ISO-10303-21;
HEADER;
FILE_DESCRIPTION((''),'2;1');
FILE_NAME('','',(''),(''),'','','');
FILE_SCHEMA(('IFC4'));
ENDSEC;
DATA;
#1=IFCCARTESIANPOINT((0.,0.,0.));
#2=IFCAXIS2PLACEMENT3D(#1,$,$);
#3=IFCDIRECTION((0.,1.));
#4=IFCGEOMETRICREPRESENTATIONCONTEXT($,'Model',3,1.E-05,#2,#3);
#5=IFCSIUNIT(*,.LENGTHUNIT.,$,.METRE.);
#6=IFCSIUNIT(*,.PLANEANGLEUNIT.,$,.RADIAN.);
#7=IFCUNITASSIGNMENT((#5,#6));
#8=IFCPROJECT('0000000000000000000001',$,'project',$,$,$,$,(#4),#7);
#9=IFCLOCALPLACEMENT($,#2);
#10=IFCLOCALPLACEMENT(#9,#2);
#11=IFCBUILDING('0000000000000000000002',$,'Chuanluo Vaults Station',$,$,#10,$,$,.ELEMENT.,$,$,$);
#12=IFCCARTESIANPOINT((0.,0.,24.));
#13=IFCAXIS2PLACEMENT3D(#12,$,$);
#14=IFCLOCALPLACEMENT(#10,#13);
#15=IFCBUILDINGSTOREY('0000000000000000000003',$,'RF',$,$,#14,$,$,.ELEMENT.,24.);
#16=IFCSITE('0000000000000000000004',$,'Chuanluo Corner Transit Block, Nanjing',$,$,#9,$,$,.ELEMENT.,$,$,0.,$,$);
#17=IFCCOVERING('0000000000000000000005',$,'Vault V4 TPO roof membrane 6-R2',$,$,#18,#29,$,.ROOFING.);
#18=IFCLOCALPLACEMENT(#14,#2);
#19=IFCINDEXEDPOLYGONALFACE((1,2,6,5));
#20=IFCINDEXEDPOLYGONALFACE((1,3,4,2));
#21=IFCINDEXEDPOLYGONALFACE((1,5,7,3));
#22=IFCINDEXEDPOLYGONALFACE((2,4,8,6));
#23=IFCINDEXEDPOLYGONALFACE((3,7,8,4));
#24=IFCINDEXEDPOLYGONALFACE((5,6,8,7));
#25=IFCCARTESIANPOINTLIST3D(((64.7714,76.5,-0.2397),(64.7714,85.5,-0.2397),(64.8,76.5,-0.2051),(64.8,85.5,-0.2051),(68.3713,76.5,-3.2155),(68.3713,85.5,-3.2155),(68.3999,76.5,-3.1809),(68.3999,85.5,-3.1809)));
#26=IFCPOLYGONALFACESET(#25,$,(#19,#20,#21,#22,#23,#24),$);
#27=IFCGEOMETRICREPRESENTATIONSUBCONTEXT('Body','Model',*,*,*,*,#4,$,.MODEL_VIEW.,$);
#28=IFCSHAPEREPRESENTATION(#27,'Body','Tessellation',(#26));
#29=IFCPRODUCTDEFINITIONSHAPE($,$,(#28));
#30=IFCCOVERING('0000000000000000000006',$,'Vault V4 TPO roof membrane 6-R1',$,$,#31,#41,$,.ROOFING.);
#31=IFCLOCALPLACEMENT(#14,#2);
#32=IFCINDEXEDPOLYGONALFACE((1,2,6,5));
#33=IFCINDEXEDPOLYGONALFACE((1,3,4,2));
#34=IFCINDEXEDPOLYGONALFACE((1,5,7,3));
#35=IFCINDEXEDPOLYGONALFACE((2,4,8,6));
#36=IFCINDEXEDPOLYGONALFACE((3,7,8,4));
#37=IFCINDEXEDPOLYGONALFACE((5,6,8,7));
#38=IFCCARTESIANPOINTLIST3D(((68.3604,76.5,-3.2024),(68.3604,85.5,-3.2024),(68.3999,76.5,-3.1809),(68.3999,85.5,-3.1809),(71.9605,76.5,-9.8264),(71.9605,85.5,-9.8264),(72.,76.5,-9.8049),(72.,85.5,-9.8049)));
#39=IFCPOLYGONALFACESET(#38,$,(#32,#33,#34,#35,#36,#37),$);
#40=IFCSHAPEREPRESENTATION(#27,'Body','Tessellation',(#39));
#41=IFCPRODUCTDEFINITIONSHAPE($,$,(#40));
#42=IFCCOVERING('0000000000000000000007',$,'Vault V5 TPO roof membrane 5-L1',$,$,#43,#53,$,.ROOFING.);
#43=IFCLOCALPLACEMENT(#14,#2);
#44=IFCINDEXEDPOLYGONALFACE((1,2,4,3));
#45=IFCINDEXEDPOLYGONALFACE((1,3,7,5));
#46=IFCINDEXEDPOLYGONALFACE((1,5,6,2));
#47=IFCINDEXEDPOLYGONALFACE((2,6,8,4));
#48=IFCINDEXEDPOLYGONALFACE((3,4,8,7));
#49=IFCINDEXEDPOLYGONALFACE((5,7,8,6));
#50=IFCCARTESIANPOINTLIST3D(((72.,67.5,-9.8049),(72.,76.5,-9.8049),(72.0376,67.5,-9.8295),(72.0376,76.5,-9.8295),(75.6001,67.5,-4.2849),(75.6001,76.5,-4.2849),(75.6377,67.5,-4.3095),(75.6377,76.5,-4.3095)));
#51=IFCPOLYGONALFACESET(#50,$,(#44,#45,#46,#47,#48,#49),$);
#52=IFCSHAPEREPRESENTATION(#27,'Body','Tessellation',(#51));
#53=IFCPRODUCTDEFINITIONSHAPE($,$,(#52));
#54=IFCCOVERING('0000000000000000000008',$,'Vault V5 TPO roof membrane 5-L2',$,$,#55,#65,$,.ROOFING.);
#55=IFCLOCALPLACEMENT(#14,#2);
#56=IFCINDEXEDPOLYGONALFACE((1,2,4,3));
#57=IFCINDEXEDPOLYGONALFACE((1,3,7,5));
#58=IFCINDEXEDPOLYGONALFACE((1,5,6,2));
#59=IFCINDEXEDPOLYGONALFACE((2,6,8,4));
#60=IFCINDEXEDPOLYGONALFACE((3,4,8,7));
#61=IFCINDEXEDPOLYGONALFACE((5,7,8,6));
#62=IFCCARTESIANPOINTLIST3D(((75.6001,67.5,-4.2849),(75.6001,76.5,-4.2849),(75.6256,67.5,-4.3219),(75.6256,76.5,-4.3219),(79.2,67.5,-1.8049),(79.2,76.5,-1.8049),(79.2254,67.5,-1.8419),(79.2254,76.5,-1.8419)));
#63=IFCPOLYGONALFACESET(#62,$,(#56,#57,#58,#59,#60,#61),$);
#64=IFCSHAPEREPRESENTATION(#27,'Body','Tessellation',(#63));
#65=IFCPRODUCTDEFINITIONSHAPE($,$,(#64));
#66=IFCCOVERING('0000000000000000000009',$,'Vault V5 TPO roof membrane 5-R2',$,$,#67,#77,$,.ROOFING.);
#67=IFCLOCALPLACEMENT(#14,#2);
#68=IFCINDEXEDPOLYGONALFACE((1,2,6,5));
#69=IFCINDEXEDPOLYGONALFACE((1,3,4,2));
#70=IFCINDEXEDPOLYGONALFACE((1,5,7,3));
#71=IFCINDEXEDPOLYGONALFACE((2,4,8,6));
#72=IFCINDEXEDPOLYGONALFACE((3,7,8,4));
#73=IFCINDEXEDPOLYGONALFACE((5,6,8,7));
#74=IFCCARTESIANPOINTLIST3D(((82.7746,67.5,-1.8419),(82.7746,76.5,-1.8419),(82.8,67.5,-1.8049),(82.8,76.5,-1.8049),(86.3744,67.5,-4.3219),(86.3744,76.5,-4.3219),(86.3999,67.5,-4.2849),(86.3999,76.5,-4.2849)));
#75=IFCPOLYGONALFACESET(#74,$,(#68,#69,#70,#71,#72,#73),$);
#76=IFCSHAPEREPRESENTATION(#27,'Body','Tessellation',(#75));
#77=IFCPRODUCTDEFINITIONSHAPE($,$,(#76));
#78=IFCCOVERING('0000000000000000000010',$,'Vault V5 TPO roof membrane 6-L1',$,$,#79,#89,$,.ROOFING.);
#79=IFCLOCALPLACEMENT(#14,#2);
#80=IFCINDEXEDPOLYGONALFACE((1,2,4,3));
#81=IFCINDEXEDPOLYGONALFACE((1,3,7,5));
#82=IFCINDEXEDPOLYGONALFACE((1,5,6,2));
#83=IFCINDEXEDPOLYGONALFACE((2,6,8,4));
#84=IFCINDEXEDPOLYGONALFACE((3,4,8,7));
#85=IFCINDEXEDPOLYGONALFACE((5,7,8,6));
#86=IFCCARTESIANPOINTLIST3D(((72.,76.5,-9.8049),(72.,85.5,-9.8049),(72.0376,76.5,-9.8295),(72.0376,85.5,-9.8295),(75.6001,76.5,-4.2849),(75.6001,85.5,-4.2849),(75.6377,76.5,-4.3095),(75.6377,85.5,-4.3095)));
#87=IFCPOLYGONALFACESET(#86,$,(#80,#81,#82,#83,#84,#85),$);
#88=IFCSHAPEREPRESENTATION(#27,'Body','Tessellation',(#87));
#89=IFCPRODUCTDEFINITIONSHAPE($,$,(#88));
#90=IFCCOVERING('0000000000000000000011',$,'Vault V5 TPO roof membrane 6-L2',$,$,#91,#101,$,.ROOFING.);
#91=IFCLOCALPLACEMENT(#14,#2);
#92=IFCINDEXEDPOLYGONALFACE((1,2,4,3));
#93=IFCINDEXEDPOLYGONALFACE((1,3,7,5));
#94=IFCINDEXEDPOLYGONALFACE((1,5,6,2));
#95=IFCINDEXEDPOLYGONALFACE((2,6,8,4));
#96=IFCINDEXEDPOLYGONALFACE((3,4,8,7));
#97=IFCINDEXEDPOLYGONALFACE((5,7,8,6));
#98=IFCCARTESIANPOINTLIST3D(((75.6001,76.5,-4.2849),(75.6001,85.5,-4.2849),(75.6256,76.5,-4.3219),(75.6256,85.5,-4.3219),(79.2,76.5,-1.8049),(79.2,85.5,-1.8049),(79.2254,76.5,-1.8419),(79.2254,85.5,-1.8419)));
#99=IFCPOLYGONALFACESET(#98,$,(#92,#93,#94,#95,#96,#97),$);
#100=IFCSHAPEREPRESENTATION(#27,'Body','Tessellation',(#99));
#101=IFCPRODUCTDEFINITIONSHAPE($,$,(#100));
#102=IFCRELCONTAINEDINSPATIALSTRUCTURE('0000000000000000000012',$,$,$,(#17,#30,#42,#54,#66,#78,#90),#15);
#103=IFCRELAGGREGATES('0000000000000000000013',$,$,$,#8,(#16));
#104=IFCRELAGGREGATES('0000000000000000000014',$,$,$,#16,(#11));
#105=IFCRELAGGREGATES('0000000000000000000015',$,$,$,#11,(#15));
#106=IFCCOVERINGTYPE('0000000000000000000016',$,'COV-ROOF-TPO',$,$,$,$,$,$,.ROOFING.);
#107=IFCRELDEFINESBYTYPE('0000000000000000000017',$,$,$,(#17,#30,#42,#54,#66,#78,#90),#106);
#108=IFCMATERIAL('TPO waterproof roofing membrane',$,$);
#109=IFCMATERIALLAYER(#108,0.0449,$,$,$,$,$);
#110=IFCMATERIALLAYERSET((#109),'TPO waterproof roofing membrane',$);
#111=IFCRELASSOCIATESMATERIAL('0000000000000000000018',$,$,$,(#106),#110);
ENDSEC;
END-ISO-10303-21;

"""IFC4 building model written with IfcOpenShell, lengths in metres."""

from ifc_helpers import new_model, si_unit, direction, frame, origin, place, context, subcontext, project, spatial, polyline, outline, extrude, material, layer, layer_set, type_object, element, save


model = new_model("IFC4")

# Units and contexts
model_context = context("Model", 3, precision=1e-05, world=origin(), true_north=direction((0.0, 1.0)))
body_context = subcontext(model_context, "Body", "Model", "MODEL_VIEW")
ifc_project = project(units=[si_unit("LENGTHUNIT", "METRE"), si_unit("PLANEANGLEUNIT", "RADIAN")], contexts=[model_context])

# Site, building, storey
site_placement = place(None, origin())
site = spatial("IfcSite", under=ifc_project, at=site_placement, Name="Chuanluo Corner Transit Block, Nanjing", CompositionType="ELEMENT", RefElevation=0.0)
building_placement = place(site_placement, origin())
building = spatial("IfcBuilding", under=site, at=building_placement, Name="Chuanluo Vaults Station", CompositionType="ELEMENT")
storey_placement = place(building_placement, frame((0.0, 0.0, 24.0)))
storey = spatial("IfcBuildingStorey", under=building, at=storey_placement, Name="RF", CompositionType="ELEMENT", Elevation=24.0)

# Coverings
ifc_material_1 = material(Name="TPO waterproof roofing membrane")
ifc_layer_1 = layer(ifc_material_1, 0.0449)
ifc_layer_set_1 = layer_set([ifc_layer_1], Name="TPO waterproof roofing membrane")
covering_type = type_object("IfcCoveringType", Name="COV-ROOF-TPO", PredefinedType="ROOFING", material=ifc_layer_set_1)
covering_1_placement = place(storey_placement, frame((64.8, 76.5, -0.2051), z_axis=(0.637141, 0.0, 0.770747), x_axis=(0.770747, 0.0, -0.637141)))
element("IfcCovering", 1, at=covering_1_placement, inside=storey, type_object=covering_type, Name="Vault V4 TPO roof membrane 6-R2", PredefinedType="ROOFING", context=body_context, shape_type="SweptSolid", body=[
    extrude(outline(polyline([(0.0, 0.0), (4.6706, 0.0), (4.6706, 9.0), (0.0, 9.0), (0.0, 0.0)])), origin(), (0.0, 0.0, -1.0), 0.0449),
])
covering_2_placement = place(storey_placement, frame((68.3999, 76.5, -3.1809), z_axis=(0.87862, 0.0, 0.477522), x_axis=(0.477522, 0.0, -0.87862)))
element("IfcCovering", 2, at=covering_2_placement, inside=storey, type_object=covering_type, Name="Vault V4 TPO roof membrane 6-R1", PredefinedType="ROOFING", context=body_context, shape_type="SweptSolid", body=[
    extrude(outline(polyline([(0.0, 0.0), (7.5391, 0.0), (7.5391, 9.0), (0.0, 9.0), (0.0, 0.0)])), origin(), (0.0, 0.0, -1.0), 0.0449),
])
covering_3_placement = place(storey_placement, frame((72.0, 67.5, -9.8049), z_axis=(-0.837605, 0.0, 0.546277), x_axis=(0.546277, 0.0, 0.837605)))
element("IfcCovering", 3, at=covering_3_placement, inside=storey, type_object=covering_type, Name="Vault V5 TPO roof membrane 5-L1", PredefinedType="ROOFING", context=body_context, shape_type="SweptSolid", body=[
    extrude(outline(polyline([(0.0, 0.0), (6.5902, 0.0), (6.5902, 9.0), (0.0, 9.0), (0.0, 0.0)])), origin(), (0.0, 0.0, -1.0), 0.0449),
])
for number, where, z_axis, x_axis, name in (
    (4, (75.6001, 67.5, -4.2849), (-0.567318, 0.0, 0.823499), (0.823499, 0.0, 0.567318), "Vault V5 TPO roof membrane 5-L2"),
    (5, (82.8, 67.5, -1.8049), (0.567318, 0.0, 0.823499), (0.823499, 0.0, -0.567318), "Vault V5 TPO roof membrane 5-R2"),
):
    element("IfcCovering", number, at=place(storey_placement, frame(where, z_axis=z_axis, x_axis=x_axis)), inside=storey, type_object=covering_type, Name=name, PredefinedType="ROOFING", context=body_context, shape_type="SweptSolid", body=[
        extrude(outline(polyline([(0.0, 0.0), (4.3714, 0.0), (4.3714, 9.0), (0.0, 9.0), (0.0, 0.0)])), origin(), (0.0, 0.0, -1.0), 0.0449),
    ])
covering_4_placement = place(storey_placement, frame((72.0, 76.5, -9.8049), z_axis=(-0.837605, 0.0, 0.546277), x_axis=(0.546277, 0.0, 0.837605)))
element("IfcCovering", 6, at=covering_4_placement, inside=storey, type_object=covering_type, Name="Vault V5 TPO roof membrane 6-L1", PredefinedType="ROOFING", context=body_context, shape_type="SweptSolid", body=[
    extrude(outline(polyline([(0.0, 0.0), (6.5902, 0.0), (6.5902, 9.0), (0.0, 9.0), (0.0, 0.0)])), origin(), (0.0, 0.0, -1.0), 0.0449),
])
covering_5_placement = place(storey_placement, frame((75.6001, 76.5, -4.2849), z_axis=(-0.567318, 0.0, 0.823499), x_axis=(0.823499, 0.0, 0.567318)))
element("IfcCovering", 7, at=covering_5_placement, inside=storey, type_object=covering_type, Name="Vault V5 TPO roof membrane 6-L2", PredefinedType="ROOFING", context=body_context, shape_type="SweptSolid", body=[
    extrude(outline(polyline([(0.0, 0.0), (4.3714, 0.0), (4.3714, 9.0), (0.0, 9.0), (0.0, 0.0)])), origin(), (0.0, 0.0, -1.0), 0.0449),
])

save(model, "model.ifc")
